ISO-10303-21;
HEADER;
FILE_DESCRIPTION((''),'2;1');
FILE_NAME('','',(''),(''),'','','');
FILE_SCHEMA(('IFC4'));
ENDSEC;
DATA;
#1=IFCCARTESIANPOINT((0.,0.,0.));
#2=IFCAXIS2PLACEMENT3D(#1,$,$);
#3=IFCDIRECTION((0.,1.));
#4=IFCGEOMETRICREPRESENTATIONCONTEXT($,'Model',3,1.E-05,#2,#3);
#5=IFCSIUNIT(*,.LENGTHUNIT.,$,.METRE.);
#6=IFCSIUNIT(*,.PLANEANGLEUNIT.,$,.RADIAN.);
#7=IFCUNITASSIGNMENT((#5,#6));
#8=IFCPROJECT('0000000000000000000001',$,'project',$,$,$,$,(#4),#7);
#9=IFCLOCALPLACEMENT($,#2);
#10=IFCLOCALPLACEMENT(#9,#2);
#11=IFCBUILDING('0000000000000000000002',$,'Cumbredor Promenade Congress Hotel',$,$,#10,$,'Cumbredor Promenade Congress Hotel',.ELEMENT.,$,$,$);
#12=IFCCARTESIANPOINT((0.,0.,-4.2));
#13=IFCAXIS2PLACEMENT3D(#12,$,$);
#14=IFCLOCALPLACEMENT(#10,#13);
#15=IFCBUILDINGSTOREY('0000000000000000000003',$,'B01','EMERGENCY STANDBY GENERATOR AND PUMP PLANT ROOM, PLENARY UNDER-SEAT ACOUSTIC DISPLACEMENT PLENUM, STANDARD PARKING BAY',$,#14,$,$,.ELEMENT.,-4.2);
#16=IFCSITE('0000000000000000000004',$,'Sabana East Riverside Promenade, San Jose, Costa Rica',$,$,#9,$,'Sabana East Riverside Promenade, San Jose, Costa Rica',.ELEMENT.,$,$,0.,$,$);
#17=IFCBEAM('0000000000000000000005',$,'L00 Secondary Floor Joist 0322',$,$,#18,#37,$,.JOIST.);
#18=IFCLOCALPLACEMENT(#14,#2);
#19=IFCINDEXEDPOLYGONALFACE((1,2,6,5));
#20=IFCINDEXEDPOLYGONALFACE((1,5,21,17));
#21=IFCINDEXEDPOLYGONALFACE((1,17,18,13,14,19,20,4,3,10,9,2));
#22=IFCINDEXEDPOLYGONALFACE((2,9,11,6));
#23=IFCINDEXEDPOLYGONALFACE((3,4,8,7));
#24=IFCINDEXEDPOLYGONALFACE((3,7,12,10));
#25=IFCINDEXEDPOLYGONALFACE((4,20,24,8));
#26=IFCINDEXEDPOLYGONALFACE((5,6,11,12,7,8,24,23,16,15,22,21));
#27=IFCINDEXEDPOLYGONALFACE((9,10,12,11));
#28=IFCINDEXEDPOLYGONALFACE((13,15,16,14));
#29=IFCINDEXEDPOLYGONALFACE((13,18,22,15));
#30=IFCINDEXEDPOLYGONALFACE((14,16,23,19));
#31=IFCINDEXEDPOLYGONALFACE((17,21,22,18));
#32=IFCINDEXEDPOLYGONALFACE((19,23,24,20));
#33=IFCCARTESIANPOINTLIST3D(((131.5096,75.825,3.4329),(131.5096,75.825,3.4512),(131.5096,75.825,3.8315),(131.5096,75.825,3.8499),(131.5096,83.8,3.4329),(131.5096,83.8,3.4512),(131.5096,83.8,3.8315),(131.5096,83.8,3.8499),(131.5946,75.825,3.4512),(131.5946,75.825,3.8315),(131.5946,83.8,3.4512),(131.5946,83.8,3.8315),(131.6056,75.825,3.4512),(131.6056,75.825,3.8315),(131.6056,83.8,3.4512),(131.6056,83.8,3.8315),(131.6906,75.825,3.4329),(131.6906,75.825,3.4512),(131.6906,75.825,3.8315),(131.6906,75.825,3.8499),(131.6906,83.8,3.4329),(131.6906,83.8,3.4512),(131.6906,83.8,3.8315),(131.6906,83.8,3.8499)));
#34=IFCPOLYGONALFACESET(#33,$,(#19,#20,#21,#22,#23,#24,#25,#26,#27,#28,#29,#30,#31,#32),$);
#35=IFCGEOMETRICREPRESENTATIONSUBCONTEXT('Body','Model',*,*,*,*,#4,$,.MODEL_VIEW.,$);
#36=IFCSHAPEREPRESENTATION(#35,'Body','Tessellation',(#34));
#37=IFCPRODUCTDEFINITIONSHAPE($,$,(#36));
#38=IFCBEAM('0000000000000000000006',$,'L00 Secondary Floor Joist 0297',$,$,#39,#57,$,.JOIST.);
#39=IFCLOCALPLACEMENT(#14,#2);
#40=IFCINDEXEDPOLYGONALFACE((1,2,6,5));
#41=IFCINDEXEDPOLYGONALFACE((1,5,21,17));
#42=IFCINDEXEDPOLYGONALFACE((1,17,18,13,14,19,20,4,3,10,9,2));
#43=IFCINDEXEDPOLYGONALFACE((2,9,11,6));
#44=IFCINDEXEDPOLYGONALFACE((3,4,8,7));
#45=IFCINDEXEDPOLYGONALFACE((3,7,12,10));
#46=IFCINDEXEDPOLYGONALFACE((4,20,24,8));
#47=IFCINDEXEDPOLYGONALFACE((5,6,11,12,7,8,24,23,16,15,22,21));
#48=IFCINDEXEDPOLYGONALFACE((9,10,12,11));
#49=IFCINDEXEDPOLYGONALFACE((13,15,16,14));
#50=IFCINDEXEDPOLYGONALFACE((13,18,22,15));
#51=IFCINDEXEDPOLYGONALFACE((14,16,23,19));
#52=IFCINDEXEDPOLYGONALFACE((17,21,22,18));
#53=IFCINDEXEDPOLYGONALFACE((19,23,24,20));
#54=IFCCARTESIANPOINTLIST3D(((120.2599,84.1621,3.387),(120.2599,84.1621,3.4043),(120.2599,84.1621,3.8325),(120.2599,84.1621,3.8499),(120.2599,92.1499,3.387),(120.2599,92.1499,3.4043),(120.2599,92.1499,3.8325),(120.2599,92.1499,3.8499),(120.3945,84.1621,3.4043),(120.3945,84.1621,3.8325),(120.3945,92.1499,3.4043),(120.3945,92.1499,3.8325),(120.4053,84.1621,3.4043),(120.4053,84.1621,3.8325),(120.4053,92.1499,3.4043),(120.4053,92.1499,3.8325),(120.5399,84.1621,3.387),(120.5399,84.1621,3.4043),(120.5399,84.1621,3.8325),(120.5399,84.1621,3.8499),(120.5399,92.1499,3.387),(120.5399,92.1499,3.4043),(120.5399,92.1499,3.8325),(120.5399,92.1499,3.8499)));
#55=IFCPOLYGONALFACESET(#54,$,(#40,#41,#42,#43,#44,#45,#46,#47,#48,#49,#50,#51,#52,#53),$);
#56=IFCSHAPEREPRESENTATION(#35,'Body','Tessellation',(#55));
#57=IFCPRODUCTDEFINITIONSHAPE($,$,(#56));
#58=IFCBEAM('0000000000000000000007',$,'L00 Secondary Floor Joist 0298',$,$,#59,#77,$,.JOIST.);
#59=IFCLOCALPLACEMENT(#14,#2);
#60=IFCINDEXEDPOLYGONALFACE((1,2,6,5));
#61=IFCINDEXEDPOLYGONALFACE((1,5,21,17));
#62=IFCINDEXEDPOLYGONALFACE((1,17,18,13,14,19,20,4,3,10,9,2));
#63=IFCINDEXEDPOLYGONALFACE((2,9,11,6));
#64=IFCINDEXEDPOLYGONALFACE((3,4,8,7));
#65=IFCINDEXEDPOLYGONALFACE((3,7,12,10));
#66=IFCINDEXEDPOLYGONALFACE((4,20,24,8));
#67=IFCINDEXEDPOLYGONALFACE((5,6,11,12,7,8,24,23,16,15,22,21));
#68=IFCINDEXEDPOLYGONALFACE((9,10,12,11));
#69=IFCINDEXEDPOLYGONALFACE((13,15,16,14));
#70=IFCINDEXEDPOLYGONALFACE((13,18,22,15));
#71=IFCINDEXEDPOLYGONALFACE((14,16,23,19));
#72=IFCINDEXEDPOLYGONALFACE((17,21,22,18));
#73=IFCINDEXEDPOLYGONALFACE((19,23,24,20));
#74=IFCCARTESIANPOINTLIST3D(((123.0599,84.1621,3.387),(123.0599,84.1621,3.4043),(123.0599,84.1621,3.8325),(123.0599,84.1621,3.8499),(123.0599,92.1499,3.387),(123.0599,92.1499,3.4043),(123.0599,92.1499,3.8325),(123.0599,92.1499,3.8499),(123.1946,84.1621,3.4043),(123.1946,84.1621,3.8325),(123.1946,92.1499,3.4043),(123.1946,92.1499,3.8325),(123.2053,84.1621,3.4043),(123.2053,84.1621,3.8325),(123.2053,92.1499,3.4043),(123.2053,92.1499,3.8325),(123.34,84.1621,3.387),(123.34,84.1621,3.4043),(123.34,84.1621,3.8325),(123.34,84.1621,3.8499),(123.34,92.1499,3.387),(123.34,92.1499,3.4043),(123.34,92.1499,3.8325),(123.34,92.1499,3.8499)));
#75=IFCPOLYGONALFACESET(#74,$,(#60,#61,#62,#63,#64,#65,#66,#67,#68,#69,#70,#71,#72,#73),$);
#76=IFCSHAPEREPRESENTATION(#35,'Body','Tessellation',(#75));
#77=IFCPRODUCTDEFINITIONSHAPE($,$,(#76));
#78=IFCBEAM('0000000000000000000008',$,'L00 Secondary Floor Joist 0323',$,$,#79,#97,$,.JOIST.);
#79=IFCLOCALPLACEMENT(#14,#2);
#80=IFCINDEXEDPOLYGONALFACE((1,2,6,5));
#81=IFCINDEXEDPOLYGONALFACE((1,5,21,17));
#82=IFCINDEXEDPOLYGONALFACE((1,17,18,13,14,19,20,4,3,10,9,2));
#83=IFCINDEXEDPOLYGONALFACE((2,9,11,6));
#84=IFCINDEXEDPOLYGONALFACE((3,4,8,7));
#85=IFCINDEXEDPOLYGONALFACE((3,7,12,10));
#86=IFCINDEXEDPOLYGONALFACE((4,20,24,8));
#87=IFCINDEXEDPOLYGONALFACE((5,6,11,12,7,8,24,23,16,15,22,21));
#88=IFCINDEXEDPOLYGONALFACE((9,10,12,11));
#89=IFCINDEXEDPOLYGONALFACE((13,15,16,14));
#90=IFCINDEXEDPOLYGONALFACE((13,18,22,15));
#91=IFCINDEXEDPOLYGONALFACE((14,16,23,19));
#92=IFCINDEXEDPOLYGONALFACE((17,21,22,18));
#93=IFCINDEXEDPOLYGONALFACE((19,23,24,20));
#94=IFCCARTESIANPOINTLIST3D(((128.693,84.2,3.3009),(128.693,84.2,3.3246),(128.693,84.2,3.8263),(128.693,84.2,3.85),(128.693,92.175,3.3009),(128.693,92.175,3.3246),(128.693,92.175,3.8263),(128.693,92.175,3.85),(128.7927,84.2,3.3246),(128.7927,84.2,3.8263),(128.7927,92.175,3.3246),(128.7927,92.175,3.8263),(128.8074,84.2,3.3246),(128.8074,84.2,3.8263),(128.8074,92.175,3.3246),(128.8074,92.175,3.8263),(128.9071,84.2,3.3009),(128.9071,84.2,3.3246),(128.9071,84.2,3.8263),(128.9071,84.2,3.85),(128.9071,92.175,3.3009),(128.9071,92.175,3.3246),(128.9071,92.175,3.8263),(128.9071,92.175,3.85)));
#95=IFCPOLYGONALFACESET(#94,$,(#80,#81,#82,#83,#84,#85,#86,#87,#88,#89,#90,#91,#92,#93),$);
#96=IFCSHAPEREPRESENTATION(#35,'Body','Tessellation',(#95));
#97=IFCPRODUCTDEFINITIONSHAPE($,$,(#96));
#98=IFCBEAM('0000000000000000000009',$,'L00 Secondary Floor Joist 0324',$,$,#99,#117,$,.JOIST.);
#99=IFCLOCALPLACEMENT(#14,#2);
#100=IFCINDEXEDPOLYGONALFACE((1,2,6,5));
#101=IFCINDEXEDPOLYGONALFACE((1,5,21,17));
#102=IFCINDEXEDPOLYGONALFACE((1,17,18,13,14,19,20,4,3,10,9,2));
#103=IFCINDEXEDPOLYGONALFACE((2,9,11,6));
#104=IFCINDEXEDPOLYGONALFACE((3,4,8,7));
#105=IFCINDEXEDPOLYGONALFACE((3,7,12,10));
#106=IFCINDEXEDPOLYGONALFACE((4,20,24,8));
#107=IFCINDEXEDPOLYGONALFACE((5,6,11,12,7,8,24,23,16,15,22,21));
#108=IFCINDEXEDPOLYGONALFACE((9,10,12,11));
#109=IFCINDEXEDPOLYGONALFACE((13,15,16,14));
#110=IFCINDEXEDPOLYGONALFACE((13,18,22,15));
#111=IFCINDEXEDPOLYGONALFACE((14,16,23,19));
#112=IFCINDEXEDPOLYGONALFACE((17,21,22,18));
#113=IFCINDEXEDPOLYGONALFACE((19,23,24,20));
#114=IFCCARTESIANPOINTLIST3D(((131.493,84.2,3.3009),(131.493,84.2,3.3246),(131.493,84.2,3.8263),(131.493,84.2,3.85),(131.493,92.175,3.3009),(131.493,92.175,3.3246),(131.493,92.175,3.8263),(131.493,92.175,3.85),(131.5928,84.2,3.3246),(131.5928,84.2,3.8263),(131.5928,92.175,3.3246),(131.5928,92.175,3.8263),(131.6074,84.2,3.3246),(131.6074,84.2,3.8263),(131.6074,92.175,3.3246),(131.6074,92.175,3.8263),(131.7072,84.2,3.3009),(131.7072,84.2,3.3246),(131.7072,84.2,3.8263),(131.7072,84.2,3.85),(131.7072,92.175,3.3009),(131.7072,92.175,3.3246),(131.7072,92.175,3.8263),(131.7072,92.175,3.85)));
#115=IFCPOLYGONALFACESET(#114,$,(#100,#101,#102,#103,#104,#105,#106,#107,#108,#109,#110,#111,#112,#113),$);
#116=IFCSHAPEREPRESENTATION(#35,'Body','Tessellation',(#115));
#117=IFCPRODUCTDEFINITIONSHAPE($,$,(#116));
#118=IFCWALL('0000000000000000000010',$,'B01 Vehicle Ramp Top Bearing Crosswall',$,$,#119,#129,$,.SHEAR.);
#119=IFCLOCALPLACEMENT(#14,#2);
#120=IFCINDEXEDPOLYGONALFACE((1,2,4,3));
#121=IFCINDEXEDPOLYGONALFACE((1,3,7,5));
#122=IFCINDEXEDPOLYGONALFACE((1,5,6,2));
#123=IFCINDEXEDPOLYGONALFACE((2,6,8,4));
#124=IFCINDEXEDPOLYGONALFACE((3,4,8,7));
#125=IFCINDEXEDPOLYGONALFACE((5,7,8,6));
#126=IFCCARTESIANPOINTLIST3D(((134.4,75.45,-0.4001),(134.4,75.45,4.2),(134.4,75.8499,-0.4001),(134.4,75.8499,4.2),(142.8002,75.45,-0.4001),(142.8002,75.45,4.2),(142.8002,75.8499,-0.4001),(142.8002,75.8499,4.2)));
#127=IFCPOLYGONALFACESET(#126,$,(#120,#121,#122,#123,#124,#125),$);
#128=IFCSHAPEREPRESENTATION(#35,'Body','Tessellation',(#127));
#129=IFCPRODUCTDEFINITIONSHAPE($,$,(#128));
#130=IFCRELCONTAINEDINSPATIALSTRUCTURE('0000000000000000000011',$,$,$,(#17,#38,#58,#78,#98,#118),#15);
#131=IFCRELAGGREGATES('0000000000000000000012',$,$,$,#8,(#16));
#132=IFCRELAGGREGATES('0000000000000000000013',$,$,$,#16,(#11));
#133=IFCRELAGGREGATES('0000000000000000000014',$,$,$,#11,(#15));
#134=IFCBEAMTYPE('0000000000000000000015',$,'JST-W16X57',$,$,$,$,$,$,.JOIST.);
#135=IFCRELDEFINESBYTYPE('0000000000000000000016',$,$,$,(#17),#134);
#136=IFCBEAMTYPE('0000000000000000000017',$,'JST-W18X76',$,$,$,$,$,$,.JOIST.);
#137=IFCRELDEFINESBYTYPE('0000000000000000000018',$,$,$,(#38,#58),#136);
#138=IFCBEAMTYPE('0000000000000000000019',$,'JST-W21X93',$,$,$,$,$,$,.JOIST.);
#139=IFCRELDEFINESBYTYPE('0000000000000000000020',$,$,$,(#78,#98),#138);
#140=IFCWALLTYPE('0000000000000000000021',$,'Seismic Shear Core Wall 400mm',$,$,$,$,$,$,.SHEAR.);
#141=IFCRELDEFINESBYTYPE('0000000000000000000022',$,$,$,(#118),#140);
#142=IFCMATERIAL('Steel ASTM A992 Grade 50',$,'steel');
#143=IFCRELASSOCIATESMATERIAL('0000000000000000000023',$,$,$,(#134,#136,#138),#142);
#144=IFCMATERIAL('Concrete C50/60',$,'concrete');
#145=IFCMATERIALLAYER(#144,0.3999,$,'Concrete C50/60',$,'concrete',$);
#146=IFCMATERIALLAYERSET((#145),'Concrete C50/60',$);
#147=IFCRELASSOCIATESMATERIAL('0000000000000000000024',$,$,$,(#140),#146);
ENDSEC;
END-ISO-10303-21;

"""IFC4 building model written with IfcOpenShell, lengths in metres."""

from ifc_helpers import new_model, si_unit, direction, frame, frame_2d, origin, origin_2d, place, context, subcontext, project, spatial, rectangle, i_section, extrude, material, layer, layer_set, material_profile, profile_set, type_object, element, save


model = new_model("IFC4")

# Units and contexts
model_context = context("Model", 3, precision=1e-05, world=origin(), true_north=direction((0.0, 1.0)))
body_context = subcontext(model_context, "Body", "Model", "MODEL_VIEW")
ifc_project = project(units=[si_unit("LENGTHUNIT", "METRE"), si_unit("PLANEANGLEUNIT", "RADIAN")], contexts=[model_context])

# Site, building, storey
site_placement = place(None, origin())
site = spatial("IfcSite", under=ifc_project, at=site_placement, Name="Sabana East Riverside Promenade, San Jose, Costa Rica", LongName="Sabana East Riverside Promenade, San Jose, Costa Rica", CompositionType="ELEMENT", RefElevation=0.0)
building_placement = place(site_placement, origin())
building = spatial("IfcBuilding", under=site, at=building_placement, Name="Cumbredor Promenade Congress Hotel", LongName="Cumbredor Promenade Congress Hotel", CompositionType="ELEMENT")
storey_placement = place(building_placement, frame((0.0, 0.0, -4.2)))
storey = spatial("IfcBuildingStorey", under=building, at=storey_placement, Name="B01", Description="EMERGENCY STANDBY GENERATOR AND PUMP PLANT ROOM, PLENARY UNDER-SEAT ACOUSTIC DISPLACEMENT PLENUM, STANDARD PARKING BAY", CompositionType="ELEMENT", Elevation=-4.2)

# Shared definitions
ifc_material_1 = material(Name="Concrete C50/60", Category="concrete")

# Beams
ifc_material_2 = material(Name="Steel ASTM A992 Grade 50", Category="steel")
ifc_material_profile_1 = material_profile(ifc_material_2, i_section(OverallWidth=0.1809, OverallDepth=0.417, WebThickness=0.011, FlangeThickness=0.0183, at=origin_2d()), Name="W16X57")
ifc_profile_set_1 = profile_set([ifc_material_profile_1], Name="Steel ASTM A992 Grade 50")
beam_type_1 = type_object("IfcBeamType", Name="JST-W16X57", PredefinedType="JOIST", material=ifc_profile_set_1)
for number, where, z_axis, x_axis, name in (
    (1, (131.6001, 75.825, 3.6414), (0.0, 1.0, 0.0), (-1.0, 0.0, 0.0), "L00 Secondary Floor Joist 0322"),
):
    element("IfcBeam", number, at=place(storey_placement, frame(where, z_axis=z_axis, x_axis=x_axis)), inside=storey, type_object=beam_type_1, Name=name, PredefinedType="JOIST", context=body_context, shape_type="SweptSolid", body=[
        extrude(i_section(OverallWidth=0.1809, OverallDepth=0.417, WebThickness=0.011, FlangeThickness=0.0183, at=origin_2d()), origin(), (0.0, 0.0, 1.0), 7.9751),
    ])
ifc_material_profile_2 = material_profile(ifc_material_2, i_section(OverallWidth=0.28, OverallDepth=0.4629, WebThickness=0.0107, FlangeThickness=0.0173, at=origin_2d()), Name="W18X76")
ifc_profile_set_2 = profile_set([ifc_material_profile_2], Name="Steel ASTM A992 Grade 50")
beam_type_2 = type_object("IfcBeamType", Name="JST-W18X76", PredefinedType="JOIST", material=ifc_profile_set_2)
for number, where, z_axis, x_axis, name in (
    (2, (120.3999, 84.1621, 3.6184), (0.0, 1.0, 0.0), (-1.0, 0.0, 0.0), "L00 Secondary Floor Joist 0297"),
    (3, (123.2, 84.1621, 3.6184), (0.0, 1.0, 0.0), (-1.0, 0.0, 0.0), "L00 Secondary Floor Joist 0298"),
):
    element("IfcBeam", number, at=place(storey_placement, frame(where, z_axis=z_axis, x_axis=x_axis)), inside=storey, type_object=beam_type_2, Name=name, PredefinedType="JOIST", context=body_context, shape_type="SweptSolid", body=[
        extrude(i_section(OverallWidth=0.28, OverallDepth=0.4629, WebThickness=0.0107, FlangeThickness=0.0173, at=origin_2d()), origin(), (0.0, 0.0, 1.0), 7.9878),
    ])
ifc_material_profile_3 = material_profile(ifc_material_2, i_section(OverallWidth=0.2141, OverallDepth=0.5491, WebThickness=0.0146, FlangeThickness=0.0237, at=origin_2d()), Name="W21X93")
ifc_profile_set_3 = profile_set([ifc_material_profile_3], Name="Steel ASTM A992 Grade 50")
beam_type_3 = type_object("IfcBeamType", Name="JST-W21X93", PredefinedType="JOIST", material=ifc_profile_set_3)
for number, where, z_axis, x_axis, name in (
    (4, (128.8, 84.2, 3.5754), (0.0, 1.0, 0.0), (-1.0, 0.0, 0.0), "L00 Secondary Floor Joist 0323"),
    (5, (131.6001, 84.2, 3.5754), (0.0, 1.0, 0.0), (-1.0, 0.0, 0.0), "L00 Secondary Floor Joist 0324"),
):
    element("IfcBeam", number, at=place(storey_placement, frame(where, z_axis=z_axis, x_axis=x_axis)), inside=storey, type_object=beam_type_3, Name=name, PredefinedType="JOIST", context=body_context, shape_type="SweptSolid", body=[
        extrude(i_section(OverallWidth=0.2141, OverallDepth=0.5491, WebThickness=0.0146, FlangeThickness=0.0237, at=origin_2d()), origin(), (0.0, 0.0, 1.0), 7.9751),
    ])

# Wall
ifc_layer = layer(ifc_material_1, 0.3999, Name="Concrete C50/60", Category="concrete")
ifc_layer_set = layer_set([ifc_layer], Name="Concrete C50/60")
wall_type = type_object("IfcWallType", Name="Seismic Shear Core Wall 400mm", PredefinedType="SHEAR", material=ifc_layer_set)
wall_placement = place(storey_placement, frame((134.3999, 75.6499, -0.4001), z_axis=(0.0, 0.0, 1.0), x_axis=(1.0, 0.0, 0.0)))
element("IfcWall", 6, at=wall_placement, inside=storey, type_object=wall_type, Name="B01 Vehicle Ramp Top Bearing Crosswall", PredefinedType="SHEAR", context=body_context, shape_type="SweptSolid", body=[
    extrude(rectangle(XDim=8.4001, YDim=0.3999, at=frame_2d((4.2002, 0.0))), origin(), (0.0, 0.0, 1.0), 4.6001),
])

save(model, "model.ifc")
